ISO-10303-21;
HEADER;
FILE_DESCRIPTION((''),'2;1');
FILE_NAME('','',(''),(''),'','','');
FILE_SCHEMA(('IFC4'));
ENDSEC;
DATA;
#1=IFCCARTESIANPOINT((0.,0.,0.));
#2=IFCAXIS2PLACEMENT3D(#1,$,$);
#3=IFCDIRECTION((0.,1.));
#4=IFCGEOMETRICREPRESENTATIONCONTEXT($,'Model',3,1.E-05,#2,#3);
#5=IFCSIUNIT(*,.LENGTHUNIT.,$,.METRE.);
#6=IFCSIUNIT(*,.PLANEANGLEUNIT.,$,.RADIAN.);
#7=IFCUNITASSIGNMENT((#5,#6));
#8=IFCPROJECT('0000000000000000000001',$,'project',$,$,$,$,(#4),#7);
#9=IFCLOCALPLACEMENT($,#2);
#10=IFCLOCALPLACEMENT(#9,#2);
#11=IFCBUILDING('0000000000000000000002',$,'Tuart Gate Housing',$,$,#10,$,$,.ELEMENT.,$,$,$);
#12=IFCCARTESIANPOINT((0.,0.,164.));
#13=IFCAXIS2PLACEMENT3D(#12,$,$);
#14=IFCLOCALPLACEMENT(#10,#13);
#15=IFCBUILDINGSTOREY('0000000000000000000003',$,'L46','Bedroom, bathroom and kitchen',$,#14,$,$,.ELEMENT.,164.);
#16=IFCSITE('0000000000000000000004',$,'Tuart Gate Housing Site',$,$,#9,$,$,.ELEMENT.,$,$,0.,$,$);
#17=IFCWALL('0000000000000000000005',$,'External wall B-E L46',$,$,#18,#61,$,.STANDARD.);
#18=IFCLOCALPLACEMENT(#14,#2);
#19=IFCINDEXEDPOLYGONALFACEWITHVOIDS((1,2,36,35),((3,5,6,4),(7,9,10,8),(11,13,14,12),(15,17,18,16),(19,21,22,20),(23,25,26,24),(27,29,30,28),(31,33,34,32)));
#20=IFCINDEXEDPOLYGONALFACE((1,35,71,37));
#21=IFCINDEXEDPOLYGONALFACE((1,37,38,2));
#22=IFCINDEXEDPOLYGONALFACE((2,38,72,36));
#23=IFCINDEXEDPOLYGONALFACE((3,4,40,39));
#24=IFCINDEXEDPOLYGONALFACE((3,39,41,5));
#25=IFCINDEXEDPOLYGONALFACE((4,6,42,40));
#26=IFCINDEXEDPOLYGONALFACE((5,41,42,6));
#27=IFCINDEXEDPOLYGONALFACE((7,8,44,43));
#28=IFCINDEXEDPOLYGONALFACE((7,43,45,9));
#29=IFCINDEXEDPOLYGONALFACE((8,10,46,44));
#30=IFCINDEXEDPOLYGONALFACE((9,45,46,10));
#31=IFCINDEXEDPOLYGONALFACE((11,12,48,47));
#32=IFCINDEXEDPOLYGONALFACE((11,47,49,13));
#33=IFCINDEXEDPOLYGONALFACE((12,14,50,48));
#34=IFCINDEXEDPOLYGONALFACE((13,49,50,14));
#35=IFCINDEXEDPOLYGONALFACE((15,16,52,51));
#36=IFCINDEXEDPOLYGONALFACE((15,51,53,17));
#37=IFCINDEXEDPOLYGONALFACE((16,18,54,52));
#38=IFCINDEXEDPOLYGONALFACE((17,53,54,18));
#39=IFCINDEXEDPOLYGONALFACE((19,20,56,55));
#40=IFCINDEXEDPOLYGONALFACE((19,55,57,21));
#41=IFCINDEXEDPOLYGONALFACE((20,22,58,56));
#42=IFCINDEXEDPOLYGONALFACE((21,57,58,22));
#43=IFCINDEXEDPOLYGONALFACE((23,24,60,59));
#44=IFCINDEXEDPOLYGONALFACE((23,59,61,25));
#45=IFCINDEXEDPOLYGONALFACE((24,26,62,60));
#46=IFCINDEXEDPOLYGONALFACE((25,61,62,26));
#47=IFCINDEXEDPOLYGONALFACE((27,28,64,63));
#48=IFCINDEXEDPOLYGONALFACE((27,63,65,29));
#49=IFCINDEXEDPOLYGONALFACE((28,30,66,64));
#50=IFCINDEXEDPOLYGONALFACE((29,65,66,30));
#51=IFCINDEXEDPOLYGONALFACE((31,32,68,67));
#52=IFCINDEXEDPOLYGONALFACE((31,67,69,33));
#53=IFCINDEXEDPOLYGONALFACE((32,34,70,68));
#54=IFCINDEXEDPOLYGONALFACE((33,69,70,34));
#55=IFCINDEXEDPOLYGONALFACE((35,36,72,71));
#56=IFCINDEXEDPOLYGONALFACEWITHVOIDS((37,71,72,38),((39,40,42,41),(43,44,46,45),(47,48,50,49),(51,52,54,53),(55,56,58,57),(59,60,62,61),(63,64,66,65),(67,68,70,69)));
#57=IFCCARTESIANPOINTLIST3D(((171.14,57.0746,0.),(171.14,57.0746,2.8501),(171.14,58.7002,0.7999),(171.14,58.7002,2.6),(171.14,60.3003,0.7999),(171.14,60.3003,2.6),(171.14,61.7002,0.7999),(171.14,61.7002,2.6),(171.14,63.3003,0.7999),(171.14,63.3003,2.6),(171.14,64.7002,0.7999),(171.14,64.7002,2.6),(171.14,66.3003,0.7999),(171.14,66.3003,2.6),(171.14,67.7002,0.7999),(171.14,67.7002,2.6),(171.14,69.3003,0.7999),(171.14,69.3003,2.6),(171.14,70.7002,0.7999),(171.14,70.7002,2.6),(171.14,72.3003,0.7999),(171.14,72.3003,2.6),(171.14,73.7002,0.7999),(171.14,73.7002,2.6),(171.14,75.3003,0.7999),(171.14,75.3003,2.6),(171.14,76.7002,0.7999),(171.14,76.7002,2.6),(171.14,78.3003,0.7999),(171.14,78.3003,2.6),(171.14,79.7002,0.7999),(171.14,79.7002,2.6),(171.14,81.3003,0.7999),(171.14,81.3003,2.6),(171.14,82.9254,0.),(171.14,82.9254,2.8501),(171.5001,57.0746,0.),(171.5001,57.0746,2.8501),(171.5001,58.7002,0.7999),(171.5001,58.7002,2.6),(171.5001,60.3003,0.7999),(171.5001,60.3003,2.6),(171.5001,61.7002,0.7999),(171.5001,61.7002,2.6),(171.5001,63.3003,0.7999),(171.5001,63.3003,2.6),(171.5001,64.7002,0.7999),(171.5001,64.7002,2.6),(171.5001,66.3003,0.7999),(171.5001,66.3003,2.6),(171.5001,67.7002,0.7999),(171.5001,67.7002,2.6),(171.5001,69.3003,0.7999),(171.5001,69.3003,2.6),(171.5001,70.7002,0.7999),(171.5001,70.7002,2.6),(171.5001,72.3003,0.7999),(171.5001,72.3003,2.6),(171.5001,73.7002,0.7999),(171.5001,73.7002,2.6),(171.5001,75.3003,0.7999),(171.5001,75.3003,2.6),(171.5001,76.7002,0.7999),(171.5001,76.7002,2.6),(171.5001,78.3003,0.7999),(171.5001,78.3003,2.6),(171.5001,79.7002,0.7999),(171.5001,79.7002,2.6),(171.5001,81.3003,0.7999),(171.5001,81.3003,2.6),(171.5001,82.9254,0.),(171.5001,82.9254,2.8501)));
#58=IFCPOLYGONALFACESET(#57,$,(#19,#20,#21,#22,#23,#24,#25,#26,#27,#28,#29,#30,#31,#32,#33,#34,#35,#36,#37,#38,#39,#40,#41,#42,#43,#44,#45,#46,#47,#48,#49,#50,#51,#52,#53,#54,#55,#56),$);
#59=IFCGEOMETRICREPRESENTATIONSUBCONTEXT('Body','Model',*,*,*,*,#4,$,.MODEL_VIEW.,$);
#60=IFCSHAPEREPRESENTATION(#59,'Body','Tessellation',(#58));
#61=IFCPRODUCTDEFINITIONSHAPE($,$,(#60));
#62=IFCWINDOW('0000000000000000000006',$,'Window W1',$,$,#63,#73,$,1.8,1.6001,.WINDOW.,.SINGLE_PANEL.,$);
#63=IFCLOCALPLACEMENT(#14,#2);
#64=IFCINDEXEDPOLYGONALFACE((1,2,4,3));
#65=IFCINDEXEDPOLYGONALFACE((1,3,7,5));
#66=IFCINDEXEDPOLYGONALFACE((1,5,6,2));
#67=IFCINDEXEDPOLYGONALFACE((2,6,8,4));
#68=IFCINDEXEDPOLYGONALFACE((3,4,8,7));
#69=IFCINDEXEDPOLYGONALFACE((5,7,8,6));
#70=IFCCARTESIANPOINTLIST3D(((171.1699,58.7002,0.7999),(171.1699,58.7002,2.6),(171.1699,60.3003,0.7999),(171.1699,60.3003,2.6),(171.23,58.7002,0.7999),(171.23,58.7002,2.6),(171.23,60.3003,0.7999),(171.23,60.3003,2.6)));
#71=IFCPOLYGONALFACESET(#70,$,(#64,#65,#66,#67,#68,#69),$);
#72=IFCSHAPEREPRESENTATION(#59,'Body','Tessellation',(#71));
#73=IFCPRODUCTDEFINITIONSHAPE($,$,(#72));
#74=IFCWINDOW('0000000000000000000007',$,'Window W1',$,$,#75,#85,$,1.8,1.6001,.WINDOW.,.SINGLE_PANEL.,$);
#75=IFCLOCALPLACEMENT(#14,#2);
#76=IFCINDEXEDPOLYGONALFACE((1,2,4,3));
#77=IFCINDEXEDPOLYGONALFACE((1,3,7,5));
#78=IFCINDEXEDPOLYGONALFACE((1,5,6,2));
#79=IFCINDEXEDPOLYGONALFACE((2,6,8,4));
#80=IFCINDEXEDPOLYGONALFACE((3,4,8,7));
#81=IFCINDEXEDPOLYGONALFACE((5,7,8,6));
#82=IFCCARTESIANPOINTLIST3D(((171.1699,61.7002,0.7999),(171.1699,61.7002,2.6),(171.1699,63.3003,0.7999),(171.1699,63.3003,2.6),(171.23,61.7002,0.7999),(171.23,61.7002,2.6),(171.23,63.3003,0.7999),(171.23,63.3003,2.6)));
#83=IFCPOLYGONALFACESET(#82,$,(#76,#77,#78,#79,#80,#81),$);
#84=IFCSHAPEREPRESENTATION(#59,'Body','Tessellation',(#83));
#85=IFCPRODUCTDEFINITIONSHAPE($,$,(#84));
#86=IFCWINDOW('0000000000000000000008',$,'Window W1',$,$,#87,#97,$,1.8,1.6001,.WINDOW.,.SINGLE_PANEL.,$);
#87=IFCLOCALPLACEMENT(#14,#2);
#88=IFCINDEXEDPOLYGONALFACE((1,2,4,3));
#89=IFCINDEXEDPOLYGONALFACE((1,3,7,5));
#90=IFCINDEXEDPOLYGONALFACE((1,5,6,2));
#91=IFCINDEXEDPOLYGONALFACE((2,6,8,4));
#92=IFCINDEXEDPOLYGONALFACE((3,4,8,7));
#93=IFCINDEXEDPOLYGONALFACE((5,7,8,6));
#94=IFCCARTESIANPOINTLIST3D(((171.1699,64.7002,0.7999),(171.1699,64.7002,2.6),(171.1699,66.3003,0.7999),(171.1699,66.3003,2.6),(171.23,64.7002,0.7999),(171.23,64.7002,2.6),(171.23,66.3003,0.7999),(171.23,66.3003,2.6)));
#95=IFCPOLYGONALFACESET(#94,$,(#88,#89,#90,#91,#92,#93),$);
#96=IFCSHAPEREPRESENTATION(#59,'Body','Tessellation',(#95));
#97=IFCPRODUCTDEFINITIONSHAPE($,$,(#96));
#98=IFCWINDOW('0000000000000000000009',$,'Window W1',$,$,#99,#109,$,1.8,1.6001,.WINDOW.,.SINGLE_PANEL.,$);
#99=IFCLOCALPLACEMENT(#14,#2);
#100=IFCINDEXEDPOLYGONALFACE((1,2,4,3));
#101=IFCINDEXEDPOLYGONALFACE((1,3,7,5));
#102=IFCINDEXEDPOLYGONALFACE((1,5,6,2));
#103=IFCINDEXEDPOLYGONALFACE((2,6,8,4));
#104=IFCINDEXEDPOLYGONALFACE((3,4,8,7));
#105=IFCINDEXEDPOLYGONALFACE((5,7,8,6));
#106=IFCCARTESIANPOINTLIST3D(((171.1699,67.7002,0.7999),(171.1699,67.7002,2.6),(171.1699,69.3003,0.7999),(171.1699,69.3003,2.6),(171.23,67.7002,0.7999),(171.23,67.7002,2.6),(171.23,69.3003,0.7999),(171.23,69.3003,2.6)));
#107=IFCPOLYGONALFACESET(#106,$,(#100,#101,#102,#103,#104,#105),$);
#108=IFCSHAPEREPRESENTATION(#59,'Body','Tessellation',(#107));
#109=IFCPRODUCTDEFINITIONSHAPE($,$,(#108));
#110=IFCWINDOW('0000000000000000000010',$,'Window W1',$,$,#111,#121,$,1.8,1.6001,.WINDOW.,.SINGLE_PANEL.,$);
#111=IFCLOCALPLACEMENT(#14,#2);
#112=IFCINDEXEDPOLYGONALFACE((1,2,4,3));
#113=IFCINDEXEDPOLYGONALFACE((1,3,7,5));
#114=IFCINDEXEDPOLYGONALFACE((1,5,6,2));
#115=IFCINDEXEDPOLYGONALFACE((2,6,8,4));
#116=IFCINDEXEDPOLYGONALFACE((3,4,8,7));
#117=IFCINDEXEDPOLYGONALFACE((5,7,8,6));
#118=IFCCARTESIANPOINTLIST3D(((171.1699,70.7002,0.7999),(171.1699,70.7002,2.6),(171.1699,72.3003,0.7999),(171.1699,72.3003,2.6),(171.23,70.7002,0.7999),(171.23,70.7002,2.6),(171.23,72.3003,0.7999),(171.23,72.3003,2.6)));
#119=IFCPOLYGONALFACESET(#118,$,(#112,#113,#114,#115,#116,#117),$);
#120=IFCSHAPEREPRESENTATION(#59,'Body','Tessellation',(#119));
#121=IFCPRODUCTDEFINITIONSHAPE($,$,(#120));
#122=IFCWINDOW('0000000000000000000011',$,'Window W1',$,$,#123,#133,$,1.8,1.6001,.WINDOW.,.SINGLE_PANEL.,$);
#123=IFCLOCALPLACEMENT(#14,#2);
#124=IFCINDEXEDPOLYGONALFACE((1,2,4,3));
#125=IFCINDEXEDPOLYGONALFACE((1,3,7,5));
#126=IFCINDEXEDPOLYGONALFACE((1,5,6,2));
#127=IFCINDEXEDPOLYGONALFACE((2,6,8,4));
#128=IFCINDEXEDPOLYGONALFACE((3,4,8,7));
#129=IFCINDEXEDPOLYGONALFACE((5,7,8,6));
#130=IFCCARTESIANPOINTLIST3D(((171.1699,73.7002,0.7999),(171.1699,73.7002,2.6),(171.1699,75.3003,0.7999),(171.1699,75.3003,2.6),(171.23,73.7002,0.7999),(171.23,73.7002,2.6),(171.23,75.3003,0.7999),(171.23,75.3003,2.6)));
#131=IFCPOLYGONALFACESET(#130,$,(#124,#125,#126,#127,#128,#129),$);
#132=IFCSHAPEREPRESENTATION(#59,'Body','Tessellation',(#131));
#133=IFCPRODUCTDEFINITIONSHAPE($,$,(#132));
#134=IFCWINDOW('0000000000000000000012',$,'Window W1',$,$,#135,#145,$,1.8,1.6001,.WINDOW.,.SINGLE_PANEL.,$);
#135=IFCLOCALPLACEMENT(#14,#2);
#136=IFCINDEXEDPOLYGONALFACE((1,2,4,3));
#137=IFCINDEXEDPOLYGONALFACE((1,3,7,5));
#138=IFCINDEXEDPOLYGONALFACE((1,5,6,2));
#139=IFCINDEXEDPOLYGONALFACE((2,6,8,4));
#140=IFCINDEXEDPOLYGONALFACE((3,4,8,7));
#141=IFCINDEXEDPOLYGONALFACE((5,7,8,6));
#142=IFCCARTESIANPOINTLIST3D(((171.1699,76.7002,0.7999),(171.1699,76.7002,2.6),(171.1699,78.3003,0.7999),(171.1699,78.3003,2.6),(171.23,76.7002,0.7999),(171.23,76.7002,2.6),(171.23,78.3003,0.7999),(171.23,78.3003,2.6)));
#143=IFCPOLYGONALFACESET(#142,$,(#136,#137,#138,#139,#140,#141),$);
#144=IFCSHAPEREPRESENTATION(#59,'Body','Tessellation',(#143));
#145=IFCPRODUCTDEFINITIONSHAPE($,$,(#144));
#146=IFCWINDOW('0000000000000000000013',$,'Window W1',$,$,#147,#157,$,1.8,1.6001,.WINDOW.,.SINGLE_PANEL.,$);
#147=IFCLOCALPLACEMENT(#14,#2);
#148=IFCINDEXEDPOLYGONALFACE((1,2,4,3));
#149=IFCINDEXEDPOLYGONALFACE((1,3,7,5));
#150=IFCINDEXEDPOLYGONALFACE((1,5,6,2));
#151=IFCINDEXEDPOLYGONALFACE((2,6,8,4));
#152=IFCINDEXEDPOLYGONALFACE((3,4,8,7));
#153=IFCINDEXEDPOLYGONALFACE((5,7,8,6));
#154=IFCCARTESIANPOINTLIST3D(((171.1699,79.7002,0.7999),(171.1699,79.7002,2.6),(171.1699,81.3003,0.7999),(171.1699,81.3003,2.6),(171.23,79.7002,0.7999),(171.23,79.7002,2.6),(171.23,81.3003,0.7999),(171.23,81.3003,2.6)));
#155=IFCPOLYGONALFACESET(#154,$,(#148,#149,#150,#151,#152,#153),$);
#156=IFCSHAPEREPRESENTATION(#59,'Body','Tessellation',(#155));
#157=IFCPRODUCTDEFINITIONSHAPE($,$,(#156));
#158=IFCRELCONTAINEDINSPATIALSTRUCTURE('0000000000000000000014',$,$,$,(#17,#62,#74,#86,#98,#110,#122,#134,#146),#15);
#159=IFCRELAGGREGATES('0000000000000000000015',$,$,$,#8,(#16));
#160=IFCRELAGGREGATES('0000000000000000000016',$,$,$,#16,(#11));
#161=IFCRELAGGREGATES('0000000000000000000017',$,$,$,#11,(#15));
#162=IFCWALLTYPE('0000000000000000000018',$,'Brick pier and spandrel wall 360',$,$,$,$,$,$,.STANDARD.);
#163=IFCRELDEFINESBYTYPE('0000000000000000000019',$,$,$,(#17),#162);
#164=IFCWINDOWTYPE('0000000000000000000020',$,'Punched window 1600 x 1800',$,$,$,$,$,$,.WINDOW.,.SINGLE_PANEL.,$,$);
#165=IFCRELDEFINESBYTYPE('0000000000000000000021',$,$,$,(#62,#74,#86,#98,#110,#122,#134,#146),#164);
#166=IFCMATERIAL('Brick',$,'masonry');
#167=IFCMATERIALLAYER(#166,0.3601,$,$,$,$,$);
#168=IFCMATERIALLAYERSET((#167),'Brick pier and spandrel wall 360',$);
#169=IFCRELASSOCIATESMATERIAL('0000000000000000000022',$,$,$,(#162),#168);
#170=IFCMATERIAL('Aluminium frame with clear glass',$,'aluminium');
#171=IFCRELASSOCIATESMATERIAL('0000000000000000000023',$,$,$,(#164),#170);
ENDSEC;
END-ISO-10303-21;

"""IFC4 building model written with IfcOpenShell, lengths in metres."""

from ifc_helpers import new_model, si_unit, direction, frame, frame_2d, origin, place, context, subcontext, project, spatial, rectangle, extrude, material, layer, layer_set, type_object, element, fill, save


model = new_model("IFC4")

# Units and contexts
model_context = context("Model", 3, precision=1e-05, world=origin(), true_north=direction((0.0, 1.0)))
body_context = subcontext(model_context, "Body", "Model", "MODEL_VIEW")
ifc_project = project(units=[si_unit("LENGTHUNIT", "METRE"), si_unit("PLANEANGLEUNIT", "RADIAN")], contexts=[model_context])

# Site, building, storey
site_placement = place(None, origin())
site = spatial("IfcSite", under=ifc_project, at=site_placement, Name="Tuart Gate Housing Site", CompositionType="ELEMENT", RefElevation=0.0)
building_placement = place(site_placement, origin())
building = spatial("IfcBuilding", under=site, at=building_placement, Name="Tuart Gate Housing", CompositionType="ELEMENT")
storey_placement = place(building_placement, frame((0.0, 0.0, 164.0)))
storey = spatial("IfcBuildingStorey", under=building, at=storey_placement, Name="L46", Description="Bedroom, bathroom and kitchen", CompositionType="ELEMENT", Elevation=164.0)

# Shared definitions
ifc_material_1 = material(Name="Brick", Category="masonry")
ifc_layer_1 = layer(ifc_material_1, 0.3601)
ifc_layer_set_1 = layer_set([ifc_layer_1], Name="Brick pier and spandrel wall 360")
wall_type_1 = type_object("IfcWallType", Name="Brick pier and spandrel wall 360", PredefinedType="STANDARD", material=ifc_layer_set_1)
ifc_material_2 = material(Name="Aluminium frame with clear glass", Category="aluminium")
window_type = type_object("IfcWindowType", Name="Punched window 1600 x 1800", PartitioningType="SINGLE_PANEL", PredefinedType="WINDOW", material=ifc_material_2)

# Wall, openings, windows
wall_1_placement = place(storey_placement, frame((171.3201, 57.0747, 0.0), z_axis=(0.0, 0.0, 1.0), x_axis=(0.0, 1.0, 0.0)))
wall_1 = element("IfcWall", 1, at=wall_1_placement, inside=storey, type_object=wall_type_1, Name="External wall B-E L46", PredefinedType="STANDARD", context=body_context, shape_type="SweptSolid", body=[
    extrude(rectangle(XDim=25.8508, YDim=0.3601, at=frame_2d((12.9253, 0.0))), origin(), (0.0, 0.0, 1.0), 2.8501),
])
opening_1_placement = place(wall_1_placement, frame((1.6255, 0.0, 0.8)))
opening_1 = element("IfcOpeningElement", 2, at=opening_1_placement, cuts=wall_1, PredefinedType="OPENING", context=body_context, shape_type="SweptSolid", body=[
    extrude(rectangle(XDim=1.6001, YDim=1.8, at=frame_2d((0.8, 0.8999))), frame((0.0, 0.1899, 0.0), z_axis=(0.0, -1.0, 0.0), x_axis=(1.0, 0.0, 0.0)), (0.0, 0.0, 1.0), 0.3801),
])
opening_2_placement = place(wall_1_placement, frame((4.6255, 0.0, 0.8)))
opening_2 = element("IfcOpeningElement", 3, at=opening_2_placement, cuts=wall_1, PredefinedType="OPENING", context=body_context, shape_type="SweptSolid", body=[
    extrude(rectangle(XDim=1.6001, YDim=1.8, at=frame_2d((0.8, 0.8999))), frame((0.0, 0.1899, 0.0), z_axis=(0.0, -1.0, 0.0), x_axis=(1.0, 0.0, 0.0)), (0.0, 0.0, 1.0), 0.3801),
])
opening_3_placement = place(wall_1_placement, frame((7.6255, 0.0, 0.8)))
opening_3 = element("IfcOpeningElement", 4, at=opening_3_placement, cuts=wall_1, PredefinedType="OPENING", context=body_context, shape_type="SweptSolid", body=[
    extrude(rectangle(XDim=1.6001, YDim=1.8, at=frame_2d((0.8, 0.8999))), frame((0.0, 0.1899, 0.0), z_axis=(0.0, -1.0, 0.0), x_axis=(1.0, 0.0, 0.0)), (0.0, 0.0, 1.0), 0.3801),
])
opening_4_placement = place(wall_1_placement, frame((10.6255, 0.0, 0.8)))
opening_4 = element("IfcOpeningElement", 5, at=opening_4_placement, cuts=wall_1, PredefinedType="OPENING", context=body_context, shape_type="SweptSolid", body=[
    extrude(rectangle(XDim=1.6001, YDim=1.8, at=frame_2d((0.8, 0.8999))), frame((0.0, 0.1899, 0.0), z_axis=(0.0, -1.0, 0.0), x_axis=(1.0, 0.0, 0.0)), (0.0, 0.0, 1.0), 0.3801),
])
opening_5_placement = place(wall_1_placement, frame((13.6255, 0.0, 0.8)))
opening_5 = element("IfcOpeningElement", 6, at=opening_5_placement, cuts=wall_1, PredefinedType="OPENING", context=body_context, shape_type="SweptSolid", body=[
    extrude(rectangle(XDim=1.6001, YDim=1.8, at=frame_2d((0.8, 0.8999))), frame((0.0, 0.1899, 0.0), z_axis=(0.0, -1.0, 0.0), x_axis=(1.0, 0.0, 0.0)), (0.0, 0.0, 1.0), 0.3801),
])
opening_6_placement = place(wall_1_placement, frame((16.6255, 0.0, 0.8)))
opening_6 = element("IfcOpeningElement", 7, at=opening_6_placement, cuts=wall_1, PredefinedType="OPENING", context=body_context, shape_type="SweptSolid", body=[
    extrude(rectangle(XDim=1.6001, YDim=1.8, at=frame_2d((0.8, 0.8999))), frame((0.0, 0.1899, 0.0), z_axis=(0.0, -1.0, 0.0), x_axis=(1.0, 0.0, 0.0)), (0.0, 0.0, 1.0), 0.3801),
])
opening_7_placement = place(wall_1_placement, frame((19.6255, 0.0, 0.8)))
opening_7 = element("IfcOpeningElement", 8, at=opening_7_placement, cuts=wall_1, PredefinedType="OPENING", context=body_context, shape_type="SweptSolid", body=[
    extrude(rectangle(XDim=1.6001, YDim=1.8, at=frame_2d((0.8, 0.8999))), frame((0.0, 0.1899, 0.0), z_axis=(0.0, -1.0, 0.0), x_axis=(1.0, 0.0, 0.0)), (0.0, 0.0, 1.0), 0.3801),
])
opening_8_placement = place(wall_1_placement, frame((22.6255, 0.0, 0.8)))
opening_8 = element("IfcOpeningElement", 9, at=opening_8_placement, cuts=wall_1, PredefinedType="OPENING", context=body_context, shape_type="SweptSolid", body=[
    extrude(rectangle(XDim=1.6001, YDim=1.8, at=frame_2d((0.8, 0.8999))), frame((0.0, 0.1899, 0.0), z_axis=(0.0, -1.0, 0.0), x_axis=(1.0, 0.0, 0.0)), (0.0, 0.0, 1.0), 0.3801),
])
window_1_placement = place(opening_1_placement, origin())
window_1 = element("IfcWindow", 10, at=window_1_placement, inside=storey, type_object=window_type, Name="Window W1", OverallHeight=1.8, OverallWidth=1.6001, PartitioningType="SINGLE_PANEL", PredefinedType="WINDOW", context=body_context, shape_type="SweptSolid", body=[
    extrude(rectangle(XDim=1.6001, YDim=1.8, at=frame_2d((0.8, 0.8999))), frame((0.0, 0.1501, 0.0), z_axis=(0.0, -1.0, 0.0), x_axis=(1.0, 0.0, 0.0)), (0.0, 0.0, 1.0), 0.0601),
])
fill(opening_1, window_1)
window_2_placement = place(opening_2_placement, origin())
window_2 = element("IfcWindow", 11, at=window_2_placement, inside=storey, type_object=window_type, Name="Window W1", OverallHeight=1.8, OverallWidth=1.6001, PartitioningType="SINGLE_PANEL", PredefinedType="WINDOW", context=body_context, shape_type="SweptSolid", body=[
    extrude(rectangle(XDim=1.6001, YDim=1.8, at=frame_2d((0.8, 0.8999))), frame((0.0, 0.1501, 0.0), z_axis=(0.0, -1.0, 0.0), x_axis=(1.0, 0.0, 0.0)), (0.0, 0.0, 1.0), 0.0601),
])
fill(opening_2, window_2)
window_3_placement = place(opening_3_placement, origin())
window_3 = element("IfcWindow", 12, at=window_3_placement, inside=storey, type_object=window_type, Name="Window W1", OverallHeight=1.8, OverallWidth=1.6001, PartitioningType="SINGLE_PANEL", PredefinedType="WINDOW", context=body_context, shape_type="SweptSolid", body=[
    extrude(rectangle(XDim=1.6001, YDim=1.8, at=frame_2d((0.8, 0.8999))), frame((0.0, 0.1501, 0.0), z_axis=(0.0, -1.0, 0.0), x_axis=(1.0, 0.0, 0.0)), (0.0, 0.0, 1.0), 0.0601),
])
fill(opening_3, window_3)
window_4_placement = place(opening_4_placement, origin())
window_4 = element("IfcWindow", 13, at=window_4_placement, inside=storey, type_object=window_type, Name="Window W1", OverallHeight=1.8, OverallWidth=1.6001, PartitioningType="SINGLE_PANEL", PredefinedType="WINDOW", context=body_context, shape_type="SweptSolid", body=[
    extrude(rectangle(XDim=1.6001, YDim=1.8, at=frame_2d((0.8, 0.8999))), frame((0.0, 0.1501, 0.0), z_axis=(0.0, -1.0, 0.0), x_axis=(1.0, 0.0, 0.0)), (0.0, 0.0, 1.0), 0.0601),
])
fill(opening_4, window_4)
window_5_placement = place(opening_5_placement, origin())
window_5 = element("IfcWindow", 14, at=window_5_placement, inside=storey, type_object=window_type, Name="Window W1", OverallHeight=1.8, OverallWidth=1.6001, PartitioningType="SINGLE_PANEL", PredefinedType="WINDOW", context=body_context, shape_type="SweptSolid", body=[
    extrude(rectangle(XDim=1.6001, YDim=1.8, at=frame_2d((0.8, 0.8999))), frame((0.0, 0.1501, 0.0), z_axis=(0.0, -1.0, 0.0), x_axis=(1.0, 0.0, 0.0)), (0.0, 0.0, 1.0), 0.0601),
])
fill(opening_5, window_5)
window_6_placement = place(opening_6_placement, origin())
window_6 = element("IfcWindow", 15, at=window_6_placement, inside=storey, type_object=window_type, Name="Window W1", OverallHeight=1.8, OverallWidth=1.6001, PartitioningType="SINGLE_PANEL", PredefinedType="WINDOW", context=body_context, shape_type="SweptSolid", body=[
    extrude(rectangle(XDim=1.6001, YDim=1.8, at=frame_2d((0.8, 0.8999))), frame((0.0, 0.1501, 0.0), z_axis=(0.0, -1.0, 0.0), x_axis=(1.0, 0.0, 0.0)), (0.0, 0.0, 1.0), 0.0601),
])
fill(opening_6, window_6)
window_7_placement = place(opening_7_placement, origin())
window_7 = element("IfcWindow", 16, at=window_7_placement, inside=storey, type_object=window_type, Name="Window W1", OverallHeight=1.8, OverallWidth=1.6001, PartitioningType="SINGLE_PANEL", PredefinedType="WINDOW", context=body_context, shape_type="SweptSolid", body=[
    extrude(rectangle(XDim=1.6001, YDim=1.8, at=frame_2d((0.8, 0.8999))), frame((0.0, 0.1501, 0.0), z_axis=(0.0, -1.0, 0.0), x_axis=(1.0, 0.0, 0.0)), (0.0, 0.0, 1.0), 0.0601),
])
fill(opening_7, window_7)
window_8_placement = place(opening_8_placement, origin())
window_8 = element("IfcWindow", 17, at=window_8_placement, inside=storey, type_object=window_type, Name="Window W1", OverallHeight=1.8, OverallWidth=1.6001, PartitioningType="SINGLE_PANEL", PredefinedType="WINDOW", context=body_context, shape_type="SweptSolid", body=[
    extrude(rectangle(XDim=1.6001, YDim=1.8, at=frame_2d((0.8, 0.8999))), frame((0.0, 0.1501, 0.0), z_axis=(0.0, -1.0, 0.0), x_axis=(1.0, 0.0, 0.0)), (0.0, 0.0, 1.0), 0.0601),
])
fill(opening_8, window_8)

save(model, "model.ifc")
